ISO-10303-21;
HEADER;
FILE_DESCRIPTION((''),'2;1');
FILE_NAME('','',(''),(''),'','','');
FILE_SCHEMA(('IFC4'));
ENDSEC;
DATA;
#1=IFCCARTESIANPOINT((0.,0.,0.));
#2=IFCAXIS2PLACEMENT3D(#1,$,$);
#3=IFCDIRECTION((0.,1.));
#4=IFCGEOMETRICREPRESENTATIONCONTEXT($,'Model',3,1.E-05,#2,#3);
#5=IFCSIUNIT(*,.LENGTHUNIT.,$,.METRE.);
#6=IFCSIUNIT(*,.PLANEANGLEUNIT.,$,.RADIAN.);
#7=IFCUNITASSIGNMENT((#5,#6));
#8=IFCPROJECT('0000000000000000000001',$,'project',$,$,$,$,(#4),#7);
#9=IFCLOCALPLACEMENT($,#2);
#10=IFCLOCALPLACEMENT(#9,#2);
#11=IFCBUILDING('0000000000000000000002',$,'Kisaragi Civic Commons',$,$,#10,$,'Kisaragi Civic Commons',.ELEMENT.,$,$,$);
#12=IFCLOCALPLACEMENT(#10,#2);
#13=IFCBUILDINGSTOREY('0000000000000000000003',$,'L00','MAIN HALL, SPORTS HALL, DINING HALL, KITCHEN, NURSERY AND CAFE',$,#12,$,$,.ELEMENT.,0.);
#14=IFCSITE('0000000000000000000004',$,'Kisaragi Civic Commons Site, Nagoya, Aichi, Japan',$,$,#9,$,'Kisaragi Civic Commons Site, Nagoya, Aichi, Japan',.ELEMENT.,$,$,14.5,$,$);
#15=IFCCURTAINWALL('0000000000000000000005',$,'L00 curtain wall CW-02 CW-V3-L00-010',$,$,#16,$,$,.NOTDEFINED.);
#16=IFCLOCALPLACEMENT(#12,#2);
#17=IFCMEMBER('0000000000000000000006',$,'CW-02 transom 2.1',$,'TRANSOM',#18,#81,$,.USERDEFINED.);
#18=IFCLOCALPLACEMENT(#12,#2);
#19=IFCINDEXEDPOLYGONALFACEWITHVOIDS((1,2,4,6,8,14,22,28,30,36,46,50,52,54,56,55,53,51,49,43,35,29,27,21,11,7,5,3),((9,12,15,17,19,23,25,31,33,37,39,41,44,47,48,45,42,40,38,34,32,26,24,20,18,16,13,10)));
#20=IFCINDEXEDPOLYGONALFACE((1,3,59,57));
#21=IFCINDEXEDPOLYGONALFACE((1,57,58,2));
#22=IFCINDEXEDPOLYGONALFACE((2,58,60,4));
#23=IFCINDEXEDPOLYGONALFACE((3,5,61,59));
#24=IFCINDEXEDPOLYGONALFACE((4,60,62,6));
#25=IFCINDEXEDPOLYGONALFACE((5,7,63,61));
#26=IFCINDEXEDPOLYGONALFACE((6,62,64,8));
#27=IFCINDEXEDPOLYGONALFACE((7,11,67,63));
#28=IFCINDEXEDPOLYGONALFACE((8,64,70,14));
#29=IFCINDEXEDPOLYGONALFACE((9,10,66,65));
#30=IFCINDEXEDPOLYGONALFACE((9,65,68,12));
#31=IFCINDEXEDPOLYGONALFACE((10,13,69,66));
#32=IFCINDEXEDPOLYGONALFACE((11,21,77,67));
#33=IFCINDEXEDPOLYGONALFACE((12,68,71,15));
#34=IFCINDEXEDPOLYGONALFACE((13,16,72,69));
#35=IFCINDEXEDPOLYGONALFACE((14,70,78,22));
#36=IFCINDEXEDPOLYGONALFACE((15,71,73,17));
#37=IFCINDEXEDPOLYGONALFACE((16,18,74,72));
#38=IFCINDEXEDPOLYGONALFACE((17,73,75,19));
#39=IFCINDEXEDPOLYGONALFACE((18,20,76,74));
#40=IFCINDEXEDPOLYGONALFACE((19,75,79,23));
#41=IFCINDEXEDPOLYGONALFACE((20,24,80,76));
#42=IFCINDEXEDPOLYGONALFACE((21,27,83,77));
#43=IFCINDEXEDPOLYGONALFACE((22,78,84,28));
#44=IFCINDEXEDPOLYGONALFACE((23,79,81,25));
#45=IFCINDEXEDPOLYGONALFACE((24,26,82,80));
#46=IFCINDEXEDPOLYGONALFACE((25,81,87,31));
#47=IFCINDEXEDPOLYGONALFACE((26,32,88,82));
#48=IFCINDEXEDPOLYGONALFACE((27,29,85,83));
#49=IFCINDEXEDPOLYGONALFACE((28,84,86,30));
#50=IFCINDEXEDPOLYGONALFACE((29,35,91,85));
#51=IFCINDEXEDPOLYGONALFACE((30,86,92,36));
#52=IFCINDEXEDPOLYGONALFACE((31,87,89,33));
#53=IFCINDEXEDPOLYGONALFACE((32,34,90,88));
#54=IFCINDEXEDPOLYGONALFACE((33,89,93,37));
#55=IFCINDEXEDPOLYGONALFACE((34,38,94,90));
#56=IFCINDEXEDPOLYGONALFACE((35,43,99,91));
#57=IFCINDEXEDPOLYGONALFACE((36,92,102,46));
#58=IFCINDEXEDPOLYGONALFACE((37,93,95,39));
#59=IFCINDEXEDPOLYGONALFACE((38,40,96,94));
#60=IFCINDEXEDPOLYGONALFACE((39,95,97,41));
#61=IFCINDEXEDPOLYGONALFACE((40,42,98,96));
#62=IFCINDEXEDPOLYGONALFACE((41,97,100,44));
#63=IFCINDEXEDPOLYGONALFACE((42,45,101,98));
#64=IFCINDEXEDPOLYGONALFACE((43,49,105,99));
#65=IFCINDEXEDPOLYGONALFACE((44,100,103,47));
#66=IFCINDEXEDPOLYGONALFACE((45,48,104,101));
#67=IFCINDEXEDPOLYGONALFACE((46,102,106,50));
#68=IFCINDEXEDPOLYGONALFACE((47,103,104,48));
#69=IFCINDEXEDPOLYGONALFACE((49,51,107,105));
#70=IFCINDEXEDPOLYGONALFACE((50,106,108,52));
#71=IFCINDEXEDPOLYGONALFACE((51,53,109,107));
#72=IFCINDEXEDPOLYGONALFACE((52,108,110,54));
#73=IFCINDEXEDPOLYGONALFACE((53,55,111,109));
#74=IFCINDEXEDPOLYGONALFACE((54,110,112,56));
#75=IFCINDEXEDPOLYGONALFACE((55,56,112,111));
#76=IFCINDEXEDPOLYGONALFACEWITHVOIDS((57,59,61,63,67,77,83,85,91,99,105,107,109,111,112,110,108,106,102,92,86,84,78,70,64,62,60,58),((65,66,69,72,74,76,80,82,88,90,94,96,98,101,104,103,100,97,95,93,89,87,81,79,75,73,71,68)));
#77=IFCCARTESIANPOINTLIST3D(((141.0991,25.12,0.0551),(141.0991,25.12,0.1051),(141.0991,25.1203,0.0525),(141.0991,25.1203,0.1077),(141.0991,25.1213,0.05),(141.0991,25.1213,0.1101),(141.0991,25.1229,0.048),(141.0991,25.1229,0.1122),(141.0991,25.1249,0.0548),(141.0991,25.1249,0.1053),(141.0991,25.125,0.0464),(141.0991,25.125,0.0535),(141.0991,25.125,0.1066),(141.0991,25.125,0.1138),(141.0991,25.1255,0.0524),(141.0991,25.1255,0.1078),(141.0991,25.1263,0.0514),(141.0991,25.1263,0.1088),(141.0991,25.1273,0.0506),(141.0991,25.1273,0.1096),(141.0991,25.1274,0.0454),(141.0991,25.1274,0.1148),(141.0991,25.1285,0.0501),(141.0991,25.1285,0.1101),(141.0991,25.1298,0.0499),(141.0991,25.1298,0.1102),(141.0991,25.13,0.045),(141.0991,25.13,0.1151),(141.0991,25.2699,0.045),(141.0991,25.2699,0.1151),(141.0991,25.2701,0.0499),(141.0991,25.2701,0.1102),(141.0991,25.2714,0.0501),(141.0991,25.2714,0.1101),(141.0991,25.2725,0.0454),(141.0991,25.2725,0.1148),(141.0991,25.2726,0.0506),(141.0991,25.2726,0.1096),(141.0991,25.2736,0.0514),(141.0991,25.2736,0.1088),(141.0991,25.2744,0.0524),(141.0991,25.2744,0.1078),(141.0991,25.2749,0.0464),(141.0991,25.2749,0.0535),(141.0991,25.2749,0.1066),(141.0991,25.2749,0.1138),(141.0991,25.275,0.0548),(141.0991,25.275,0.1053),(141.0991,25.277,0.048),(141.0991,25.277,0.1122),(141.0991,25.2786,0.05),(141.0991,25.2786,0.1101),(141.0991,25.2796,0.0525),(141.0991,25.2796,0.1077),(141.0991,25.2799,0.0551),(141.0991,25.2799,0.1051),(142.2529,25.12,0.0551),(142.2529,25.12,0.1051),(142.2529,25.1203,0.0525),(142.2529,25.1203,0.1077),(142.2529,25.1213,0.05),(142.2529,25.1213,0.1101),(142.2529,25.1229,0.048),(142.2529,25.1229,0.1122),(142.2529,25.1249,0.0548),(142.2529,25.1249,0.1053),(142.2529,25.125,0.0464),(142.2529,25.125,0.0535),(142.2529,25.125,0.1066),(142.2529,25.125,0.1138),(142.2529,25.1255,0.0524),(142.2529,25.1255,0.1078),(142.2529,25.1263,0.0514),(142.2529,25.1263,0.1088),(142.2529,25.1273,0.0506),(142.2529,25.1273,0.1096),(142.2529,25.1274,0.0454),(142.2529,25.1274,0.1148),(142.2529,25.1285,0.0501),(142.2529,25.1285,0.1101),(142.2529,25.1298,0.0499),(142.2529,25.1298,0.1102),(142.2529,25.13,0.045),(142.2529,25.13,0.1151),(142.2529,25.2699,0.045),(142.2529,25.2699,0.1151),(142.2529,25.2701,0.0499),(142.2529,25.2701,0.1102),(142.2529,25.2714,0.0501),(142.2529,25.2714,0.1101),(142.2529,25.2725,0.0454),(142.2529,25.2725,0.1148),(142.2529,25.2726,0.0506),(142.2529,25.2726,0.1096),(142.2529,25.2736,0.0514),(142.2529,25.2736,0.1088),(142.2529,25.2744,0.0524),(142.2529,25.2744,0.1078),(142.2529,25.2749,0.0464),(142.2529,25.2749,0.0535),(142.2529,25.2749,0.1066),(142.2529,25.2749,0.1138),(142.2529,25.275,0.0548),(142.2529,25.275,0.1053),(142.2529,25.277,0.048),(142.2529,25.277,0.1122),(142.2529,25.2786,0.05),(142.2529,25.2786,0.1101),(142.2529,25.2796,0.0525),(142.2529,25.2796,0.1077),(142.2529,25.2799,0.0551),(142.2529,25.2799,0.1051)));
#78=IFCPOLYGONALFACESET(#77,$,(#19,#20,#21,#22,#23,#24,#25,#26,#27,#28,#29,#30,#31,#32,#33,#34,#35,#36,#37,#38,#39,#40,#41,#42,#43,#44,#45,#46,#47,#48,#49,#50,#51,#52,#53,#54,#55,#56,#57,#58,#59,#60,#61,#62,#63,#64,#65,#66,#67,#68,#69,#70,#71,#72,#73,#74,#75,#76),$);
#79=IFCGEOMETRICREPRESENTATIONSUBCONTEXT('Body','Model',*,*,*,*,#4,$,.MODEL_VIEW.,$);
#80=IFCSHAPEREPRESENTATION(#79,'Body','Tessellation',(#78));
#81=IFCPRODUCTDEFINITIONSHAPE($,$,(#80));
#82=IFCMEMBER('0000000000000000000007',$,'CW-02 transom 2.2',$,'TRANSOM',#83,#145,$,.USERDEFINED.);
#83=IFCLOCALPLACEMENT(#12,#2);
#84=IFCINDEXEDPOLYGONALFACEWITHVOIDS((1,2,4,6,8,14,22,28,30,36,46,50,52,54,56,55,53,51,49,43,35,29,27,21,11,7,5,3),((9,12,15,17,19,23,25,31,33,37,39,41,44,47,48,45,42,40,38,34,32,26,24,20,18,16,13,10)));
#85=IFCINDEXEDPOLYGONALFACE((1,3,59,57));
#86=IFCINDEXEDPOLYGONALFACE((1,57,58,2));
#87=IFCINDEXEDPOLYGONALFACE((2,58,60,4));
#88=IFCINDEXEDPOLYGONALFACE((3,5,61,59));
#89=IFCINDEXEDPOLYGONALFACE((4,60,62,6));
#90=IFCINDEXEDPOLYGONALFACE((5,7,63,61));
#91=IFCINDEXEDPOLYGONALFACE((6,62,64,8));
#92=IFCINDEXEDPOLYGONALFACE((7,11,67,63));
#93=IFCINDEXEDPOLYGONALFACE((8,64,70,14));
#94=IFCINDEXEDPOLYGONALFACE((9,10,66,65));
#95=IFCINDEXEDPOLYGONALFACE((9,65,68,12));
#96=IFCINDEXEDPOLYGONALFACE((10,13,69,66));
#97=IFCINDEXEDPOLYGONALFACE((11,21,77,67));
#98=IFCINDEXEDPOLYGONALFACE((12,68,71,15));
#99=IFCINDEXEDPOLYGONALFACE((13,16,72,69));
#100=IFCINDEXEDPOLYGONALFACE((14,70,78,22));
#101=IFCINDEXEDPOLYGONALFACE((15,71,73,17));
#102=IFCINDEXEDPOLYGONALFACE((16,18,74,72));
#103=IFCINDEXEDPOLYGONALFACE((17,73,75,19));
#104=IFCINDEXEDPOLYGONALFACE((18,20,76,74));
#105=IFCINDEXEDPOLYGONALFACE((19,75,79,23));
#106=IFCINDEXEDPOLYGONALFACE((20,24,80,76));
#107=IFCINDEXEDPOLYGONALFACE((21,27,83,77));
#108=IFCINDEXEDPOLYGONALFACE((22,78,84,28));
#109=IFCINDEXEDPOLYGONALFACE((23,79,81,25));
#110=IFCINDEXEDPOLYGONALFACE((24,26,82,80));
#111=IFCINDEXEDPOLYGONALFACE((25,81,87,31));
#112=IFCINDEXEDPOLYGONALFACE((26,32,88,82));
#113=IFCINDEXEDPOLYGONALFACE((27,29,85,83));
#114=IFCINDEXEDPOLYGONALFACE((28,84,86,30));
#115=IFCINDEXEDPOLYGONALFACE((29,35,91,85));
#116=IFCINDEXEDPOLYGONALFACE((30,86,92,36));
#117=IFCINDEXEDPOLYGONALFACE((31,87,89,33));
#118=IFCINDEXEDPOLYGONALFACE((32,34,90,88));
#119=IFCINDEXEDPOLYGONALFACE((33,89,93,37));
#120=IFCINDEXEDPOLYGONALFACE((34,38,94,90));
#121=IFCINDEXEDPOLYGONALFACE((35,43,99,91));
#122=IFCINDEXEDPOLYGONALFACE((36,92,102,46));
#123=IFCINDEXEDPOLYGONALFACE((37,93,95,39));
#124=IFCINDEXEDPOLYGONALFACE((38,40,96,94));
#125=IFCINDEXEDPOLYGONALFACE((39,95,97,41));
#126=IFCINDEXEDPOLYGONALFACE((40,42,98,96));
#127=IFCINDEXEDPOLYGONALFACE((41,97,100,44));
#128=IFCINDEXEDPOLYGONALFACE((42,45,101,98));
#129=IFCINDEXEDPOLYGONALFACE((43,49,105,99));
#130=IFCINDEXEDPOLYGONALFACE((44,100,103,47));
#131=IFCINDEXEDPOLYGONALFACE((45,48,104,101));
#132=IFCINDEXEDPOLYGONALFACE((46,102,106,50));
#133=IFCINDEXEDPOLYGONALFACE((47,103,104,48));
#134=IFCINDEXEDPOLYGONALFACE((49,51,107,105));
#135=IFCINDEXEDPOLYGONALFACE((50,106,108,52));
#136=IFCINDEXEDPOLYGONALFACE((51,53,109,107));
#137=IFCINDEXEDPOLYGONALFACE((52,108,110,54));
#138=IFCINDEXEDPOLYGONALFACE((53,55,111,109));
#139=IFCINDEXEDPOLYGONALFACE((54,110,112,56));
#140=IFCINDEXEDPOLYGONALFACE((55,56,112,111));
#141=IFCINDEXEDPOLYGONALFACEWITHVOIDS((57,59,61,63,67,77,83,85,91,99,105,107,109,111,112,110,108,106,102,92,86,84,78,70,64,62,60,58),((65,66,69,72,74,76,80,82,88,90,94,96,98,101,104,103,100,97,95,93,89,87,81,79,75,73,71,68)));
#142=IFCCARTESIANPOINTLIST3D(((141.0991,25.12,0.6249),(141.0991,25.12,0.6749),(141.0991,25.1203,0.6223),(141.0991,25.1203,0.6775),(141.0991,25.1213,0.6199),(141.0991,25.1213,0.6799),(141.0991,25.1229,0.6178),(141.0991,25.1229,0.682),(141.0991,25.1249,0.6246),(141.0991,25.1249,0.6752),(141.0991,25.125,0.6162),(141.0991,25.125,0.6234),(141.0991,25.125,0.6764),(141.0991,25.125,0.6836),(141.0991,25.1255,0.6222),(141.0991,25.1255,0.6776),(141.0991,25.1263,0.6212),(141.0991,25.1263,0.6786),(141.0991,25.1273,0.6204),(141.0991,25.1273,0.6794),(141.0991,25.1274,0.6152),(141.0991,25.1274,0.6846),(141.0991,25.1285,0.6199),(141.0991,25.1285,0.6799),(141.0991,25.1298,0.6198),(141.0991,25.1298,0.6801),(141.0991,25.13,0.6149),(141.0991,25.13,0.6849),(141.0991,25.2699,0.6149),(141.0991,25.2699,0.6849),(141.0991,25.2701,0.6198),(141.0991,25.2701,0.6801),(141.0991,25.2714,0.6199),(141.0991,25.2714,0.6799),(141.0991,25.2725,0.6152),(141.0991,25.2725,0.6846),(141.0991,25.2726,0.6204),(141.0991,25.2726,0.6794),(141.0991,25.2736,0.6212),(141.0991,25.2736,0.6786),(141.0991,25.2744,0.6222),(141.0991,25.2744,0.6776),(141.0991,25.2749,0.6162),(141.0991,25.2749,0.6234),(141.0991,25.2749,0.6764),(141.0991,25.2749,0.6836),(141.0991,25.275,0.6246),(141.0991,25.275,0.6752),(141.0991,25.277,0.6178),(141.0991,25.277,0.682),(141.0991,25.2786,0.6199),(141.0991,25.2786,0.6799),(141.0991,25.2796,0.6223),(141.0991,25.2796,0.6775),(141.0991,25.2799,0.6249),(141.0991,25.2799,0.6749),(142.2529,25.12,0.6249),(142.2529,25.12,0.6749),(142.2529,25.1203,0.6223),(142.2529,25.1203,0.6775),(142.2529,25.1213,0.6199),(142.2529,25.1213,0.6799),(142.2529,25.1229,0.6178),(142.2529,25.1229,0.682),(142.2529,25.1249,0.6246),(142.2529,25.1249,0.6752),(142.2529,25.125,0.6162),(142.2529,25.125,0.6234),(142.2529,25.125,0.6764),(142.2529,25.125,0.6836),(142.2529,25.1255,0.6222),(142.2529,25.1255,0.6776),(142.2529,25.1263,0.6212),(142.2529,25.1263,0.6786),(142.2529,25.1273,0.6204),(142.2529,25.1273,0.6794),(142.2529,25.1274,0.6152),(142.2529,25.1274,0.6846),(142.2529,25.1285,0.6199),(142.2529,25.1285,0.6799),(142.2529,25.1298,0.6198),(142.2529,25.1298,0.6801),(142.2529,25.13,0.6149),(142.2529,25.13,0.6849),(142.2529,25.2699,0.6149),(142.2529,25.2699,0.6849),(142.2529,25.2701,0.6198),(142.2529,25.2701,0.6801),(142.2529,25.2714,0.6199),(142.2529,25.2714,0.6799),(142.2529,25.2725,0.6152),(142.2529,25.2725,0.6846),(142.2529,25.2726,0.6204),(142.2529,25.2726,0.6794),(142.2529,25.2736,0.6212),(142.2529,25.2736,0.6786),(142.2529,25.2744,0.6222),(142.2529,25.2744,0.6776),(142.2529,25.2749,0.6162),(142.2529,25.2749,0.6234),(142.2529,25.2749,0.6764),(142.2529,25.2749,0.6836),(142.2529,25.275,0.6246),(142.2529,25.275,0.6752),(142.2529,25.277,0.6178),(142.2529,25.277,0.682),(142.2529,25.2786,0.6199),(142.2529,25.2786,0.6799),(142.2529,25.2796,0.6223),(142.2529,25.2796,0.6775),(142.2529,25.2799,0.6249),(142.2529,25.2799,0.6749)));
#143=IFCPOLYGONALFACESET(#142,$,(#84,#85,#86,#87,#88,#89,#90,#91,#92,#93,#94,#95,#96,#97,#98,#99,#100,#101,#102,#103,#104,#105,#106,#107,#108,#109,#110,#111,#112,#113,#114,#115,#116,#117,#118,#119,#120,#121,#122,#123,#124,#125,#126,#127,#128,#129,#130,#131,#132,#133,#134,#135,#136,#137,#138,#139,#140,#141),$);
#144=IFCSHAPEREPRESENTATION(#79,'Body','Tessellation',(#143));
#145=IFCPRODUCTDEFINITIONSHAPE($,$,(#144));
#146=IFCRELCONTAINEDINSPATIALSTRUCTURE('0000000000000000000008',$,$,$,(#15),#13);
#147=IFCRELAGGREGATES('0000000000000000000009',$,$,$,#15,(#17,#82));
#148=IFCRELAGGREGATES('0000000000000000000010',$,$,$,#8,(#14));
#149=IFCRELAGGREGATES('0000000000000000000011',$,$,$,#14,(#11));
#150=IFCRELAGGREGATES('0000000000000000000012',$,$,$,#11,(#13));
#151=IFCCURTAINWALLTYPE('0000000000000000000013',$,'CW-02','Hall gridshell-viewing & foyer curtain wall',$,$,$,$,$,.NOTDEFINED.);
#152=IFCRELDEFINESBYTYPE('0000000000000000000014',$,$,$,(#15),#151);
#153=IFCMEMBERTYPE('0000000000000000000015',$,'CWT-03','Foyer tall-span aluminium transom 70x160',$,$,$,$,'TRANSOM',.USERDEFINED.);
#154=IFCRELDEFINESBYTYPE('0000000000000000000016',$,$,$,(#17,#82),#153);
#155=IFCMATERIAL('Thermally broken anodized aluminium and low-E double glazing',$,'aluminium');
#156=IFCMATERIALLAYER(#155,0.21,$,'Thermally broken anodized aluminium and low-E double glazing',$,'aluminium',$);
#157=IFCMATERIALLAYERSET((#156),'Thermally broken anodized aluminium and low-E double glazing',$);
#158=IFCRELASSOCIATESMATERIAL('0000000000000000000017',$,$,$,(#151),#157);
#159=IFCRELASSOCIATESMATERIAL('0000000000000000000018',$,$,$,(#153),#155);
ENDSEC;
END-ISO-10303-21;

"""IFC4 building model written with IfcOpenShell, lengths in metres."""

from ifc_helpers import new_model, si_unit, direction, frame, origin, origin_2d, place, context, subcontext, project, spatial, hollow_rectangle, extrude, material, layer, layer_set, material_profile, profile_set, type_object, element, aggregate, save


model = new_model("IFC4")

# Units and contexts
model_context = context("Model", 3, precision=1e-05, world=origin(), true_north=direction((0.0, 1.0)))
body_context = subcontext(model_context, "Body", "Model", "MODEL_VIEW")
ifc_project = project(units=[si_unit("LENGTHUNIT", "METRE"), si_unit("PLANEANGLEUNIT", "RADIAN")], contexts=[model_context])

# Site, building, storey
site_placement = place(None, origin())
site = spatial("IfcSite", under=ifc_project, at=site_placement, Name="Kisaragi Civic Commons Site, Nagoya, Aichi, Japan", LongName="Kisaragi Civic Commons Site, Nagoya, Aichi, Japan", CompositionType="ELEMENT", RefElevation=14.5)
building_placement = place(site_placement, origin())
building = spatial("IfcBuilding", under=site, at=building_placement, Name="Kisaragi Civic Commons", LongName="Kisaragi Civic Commons", CompositionType="ELEMENT")
storey_placement = place(building_placement, origin())
storey = spatial("IfcBuildingStorey", under=building, at=storey_placement, Name="L00", Description="MAIN HALL, SPORTS HALL, DINING HALL, KITCHEN, NURSERY AND CAFE", CompositionType="ELEMENT", Elevation=0.0)

# Curtain wall
ifc_material = material(Name="Thermally broken anodized aluminium and low-E double glazing", Category="aluminium")
ifc_layer_1 = layer(ifc_material, 0.21, Name="Thermally broken anodized aluminium and low-E double glazing", Category="aluminium")
ifc_layer_set_1 = layer_set([ifc_layer_1], Name="Thermally broken anodized aluminium and low-E double glazing")
curtain_wall_type = type_object("IfcCurtainWallType", Name="CW-02", Description="Hall gridshell-viewing & foyer curtain wall", PredefinedType="NOTDEFINED", material=ifc_layer_set_1)
curtain_wall_1_placement = place(storey_placement, origin())
curtain_wall_1 = element("IfcCurtainWall", 1, at=curtain_wall_1_placement, inside=storey, type_object=curtain_wall_type, Name="L00 curtain wall CW-02 CW-V3-L00-010", PredefinedType="NOTDEFINED")

# Members
ifc_material_profile_1 = material_profile(ifc_material, hollow_rectangle(XDim=0.1599, YDim=0.0701, WallThickness=0.0049, InnerFilletRadius=0.0049, OuterFilletRadius=0.01, at=origin_2d()), Name="CWT-70x160x5", Category="aluminium")
ifc_profile_set_1 = profile_set([ifc_material_profile_1], Name="Thermally broken anodized aluminium and low-E double glazing")
member_type_1 = type_object("IfcMemberType", Name="CWT-03", Description="Foyer tall-span aluminium transom 70x160", ElementType="TRANSOM", PredefinedType="USERDEFINED", material=ifc_profile_set_1)
member_1_placement = place(storey_placement, frame((141.0991, 25.2, 0.0801), z_axis=(1.0, 0.0, 0.0), x_axis=(0.0, 1.0, 0.0)))
member_1 = element("IfcMember", 2, at=member_1_placement, type_object=member_type_1, Name="CW-02 transom 2.1", ObjectType="TRANSOM", PredefinedType="USERDEFINED", context=body_context, shape_type="SweptSolid", body=[
    extrude(hollow_rectangle(XDim=0.1599, YDim=0.0701, WallThickness=0.0049, InnerFilletRadius=0.0049, OuterFilletRadius=0.01, at=origin_2d()), origin(), (0.0, 0.0, 1.0), 1.1538),
])
member_2_placement = place(storey_placement, frame((141.0991, 25.2, 0.6499), z_axis=(1.0, 0.0, 0.0), x_axis=(0.0, 1.0, 0.0)))
member_2 = element("IfcMember", 3, at=member_2_placement, type_object=member_type_1, Name="CW-02 transom 2.2", ObjectType="TRANSOM", PredefinedType="USERDEFINED", context=body_context, shape_type="SweptSolid", body=[
    extrude(hollow_rectangle(XDim=0.1599, YDim=0.0701, WallThickness=0.0049, InnerFilletRadius=0.0049, OuterFilletRadius=0.01, at=origin_2d()), origin(), (0.0, 0.0, 1.0), 1.1538),
])

aggregate(curtain_wall_1, [member_1, member_2])

save(model, "model.ifc")
